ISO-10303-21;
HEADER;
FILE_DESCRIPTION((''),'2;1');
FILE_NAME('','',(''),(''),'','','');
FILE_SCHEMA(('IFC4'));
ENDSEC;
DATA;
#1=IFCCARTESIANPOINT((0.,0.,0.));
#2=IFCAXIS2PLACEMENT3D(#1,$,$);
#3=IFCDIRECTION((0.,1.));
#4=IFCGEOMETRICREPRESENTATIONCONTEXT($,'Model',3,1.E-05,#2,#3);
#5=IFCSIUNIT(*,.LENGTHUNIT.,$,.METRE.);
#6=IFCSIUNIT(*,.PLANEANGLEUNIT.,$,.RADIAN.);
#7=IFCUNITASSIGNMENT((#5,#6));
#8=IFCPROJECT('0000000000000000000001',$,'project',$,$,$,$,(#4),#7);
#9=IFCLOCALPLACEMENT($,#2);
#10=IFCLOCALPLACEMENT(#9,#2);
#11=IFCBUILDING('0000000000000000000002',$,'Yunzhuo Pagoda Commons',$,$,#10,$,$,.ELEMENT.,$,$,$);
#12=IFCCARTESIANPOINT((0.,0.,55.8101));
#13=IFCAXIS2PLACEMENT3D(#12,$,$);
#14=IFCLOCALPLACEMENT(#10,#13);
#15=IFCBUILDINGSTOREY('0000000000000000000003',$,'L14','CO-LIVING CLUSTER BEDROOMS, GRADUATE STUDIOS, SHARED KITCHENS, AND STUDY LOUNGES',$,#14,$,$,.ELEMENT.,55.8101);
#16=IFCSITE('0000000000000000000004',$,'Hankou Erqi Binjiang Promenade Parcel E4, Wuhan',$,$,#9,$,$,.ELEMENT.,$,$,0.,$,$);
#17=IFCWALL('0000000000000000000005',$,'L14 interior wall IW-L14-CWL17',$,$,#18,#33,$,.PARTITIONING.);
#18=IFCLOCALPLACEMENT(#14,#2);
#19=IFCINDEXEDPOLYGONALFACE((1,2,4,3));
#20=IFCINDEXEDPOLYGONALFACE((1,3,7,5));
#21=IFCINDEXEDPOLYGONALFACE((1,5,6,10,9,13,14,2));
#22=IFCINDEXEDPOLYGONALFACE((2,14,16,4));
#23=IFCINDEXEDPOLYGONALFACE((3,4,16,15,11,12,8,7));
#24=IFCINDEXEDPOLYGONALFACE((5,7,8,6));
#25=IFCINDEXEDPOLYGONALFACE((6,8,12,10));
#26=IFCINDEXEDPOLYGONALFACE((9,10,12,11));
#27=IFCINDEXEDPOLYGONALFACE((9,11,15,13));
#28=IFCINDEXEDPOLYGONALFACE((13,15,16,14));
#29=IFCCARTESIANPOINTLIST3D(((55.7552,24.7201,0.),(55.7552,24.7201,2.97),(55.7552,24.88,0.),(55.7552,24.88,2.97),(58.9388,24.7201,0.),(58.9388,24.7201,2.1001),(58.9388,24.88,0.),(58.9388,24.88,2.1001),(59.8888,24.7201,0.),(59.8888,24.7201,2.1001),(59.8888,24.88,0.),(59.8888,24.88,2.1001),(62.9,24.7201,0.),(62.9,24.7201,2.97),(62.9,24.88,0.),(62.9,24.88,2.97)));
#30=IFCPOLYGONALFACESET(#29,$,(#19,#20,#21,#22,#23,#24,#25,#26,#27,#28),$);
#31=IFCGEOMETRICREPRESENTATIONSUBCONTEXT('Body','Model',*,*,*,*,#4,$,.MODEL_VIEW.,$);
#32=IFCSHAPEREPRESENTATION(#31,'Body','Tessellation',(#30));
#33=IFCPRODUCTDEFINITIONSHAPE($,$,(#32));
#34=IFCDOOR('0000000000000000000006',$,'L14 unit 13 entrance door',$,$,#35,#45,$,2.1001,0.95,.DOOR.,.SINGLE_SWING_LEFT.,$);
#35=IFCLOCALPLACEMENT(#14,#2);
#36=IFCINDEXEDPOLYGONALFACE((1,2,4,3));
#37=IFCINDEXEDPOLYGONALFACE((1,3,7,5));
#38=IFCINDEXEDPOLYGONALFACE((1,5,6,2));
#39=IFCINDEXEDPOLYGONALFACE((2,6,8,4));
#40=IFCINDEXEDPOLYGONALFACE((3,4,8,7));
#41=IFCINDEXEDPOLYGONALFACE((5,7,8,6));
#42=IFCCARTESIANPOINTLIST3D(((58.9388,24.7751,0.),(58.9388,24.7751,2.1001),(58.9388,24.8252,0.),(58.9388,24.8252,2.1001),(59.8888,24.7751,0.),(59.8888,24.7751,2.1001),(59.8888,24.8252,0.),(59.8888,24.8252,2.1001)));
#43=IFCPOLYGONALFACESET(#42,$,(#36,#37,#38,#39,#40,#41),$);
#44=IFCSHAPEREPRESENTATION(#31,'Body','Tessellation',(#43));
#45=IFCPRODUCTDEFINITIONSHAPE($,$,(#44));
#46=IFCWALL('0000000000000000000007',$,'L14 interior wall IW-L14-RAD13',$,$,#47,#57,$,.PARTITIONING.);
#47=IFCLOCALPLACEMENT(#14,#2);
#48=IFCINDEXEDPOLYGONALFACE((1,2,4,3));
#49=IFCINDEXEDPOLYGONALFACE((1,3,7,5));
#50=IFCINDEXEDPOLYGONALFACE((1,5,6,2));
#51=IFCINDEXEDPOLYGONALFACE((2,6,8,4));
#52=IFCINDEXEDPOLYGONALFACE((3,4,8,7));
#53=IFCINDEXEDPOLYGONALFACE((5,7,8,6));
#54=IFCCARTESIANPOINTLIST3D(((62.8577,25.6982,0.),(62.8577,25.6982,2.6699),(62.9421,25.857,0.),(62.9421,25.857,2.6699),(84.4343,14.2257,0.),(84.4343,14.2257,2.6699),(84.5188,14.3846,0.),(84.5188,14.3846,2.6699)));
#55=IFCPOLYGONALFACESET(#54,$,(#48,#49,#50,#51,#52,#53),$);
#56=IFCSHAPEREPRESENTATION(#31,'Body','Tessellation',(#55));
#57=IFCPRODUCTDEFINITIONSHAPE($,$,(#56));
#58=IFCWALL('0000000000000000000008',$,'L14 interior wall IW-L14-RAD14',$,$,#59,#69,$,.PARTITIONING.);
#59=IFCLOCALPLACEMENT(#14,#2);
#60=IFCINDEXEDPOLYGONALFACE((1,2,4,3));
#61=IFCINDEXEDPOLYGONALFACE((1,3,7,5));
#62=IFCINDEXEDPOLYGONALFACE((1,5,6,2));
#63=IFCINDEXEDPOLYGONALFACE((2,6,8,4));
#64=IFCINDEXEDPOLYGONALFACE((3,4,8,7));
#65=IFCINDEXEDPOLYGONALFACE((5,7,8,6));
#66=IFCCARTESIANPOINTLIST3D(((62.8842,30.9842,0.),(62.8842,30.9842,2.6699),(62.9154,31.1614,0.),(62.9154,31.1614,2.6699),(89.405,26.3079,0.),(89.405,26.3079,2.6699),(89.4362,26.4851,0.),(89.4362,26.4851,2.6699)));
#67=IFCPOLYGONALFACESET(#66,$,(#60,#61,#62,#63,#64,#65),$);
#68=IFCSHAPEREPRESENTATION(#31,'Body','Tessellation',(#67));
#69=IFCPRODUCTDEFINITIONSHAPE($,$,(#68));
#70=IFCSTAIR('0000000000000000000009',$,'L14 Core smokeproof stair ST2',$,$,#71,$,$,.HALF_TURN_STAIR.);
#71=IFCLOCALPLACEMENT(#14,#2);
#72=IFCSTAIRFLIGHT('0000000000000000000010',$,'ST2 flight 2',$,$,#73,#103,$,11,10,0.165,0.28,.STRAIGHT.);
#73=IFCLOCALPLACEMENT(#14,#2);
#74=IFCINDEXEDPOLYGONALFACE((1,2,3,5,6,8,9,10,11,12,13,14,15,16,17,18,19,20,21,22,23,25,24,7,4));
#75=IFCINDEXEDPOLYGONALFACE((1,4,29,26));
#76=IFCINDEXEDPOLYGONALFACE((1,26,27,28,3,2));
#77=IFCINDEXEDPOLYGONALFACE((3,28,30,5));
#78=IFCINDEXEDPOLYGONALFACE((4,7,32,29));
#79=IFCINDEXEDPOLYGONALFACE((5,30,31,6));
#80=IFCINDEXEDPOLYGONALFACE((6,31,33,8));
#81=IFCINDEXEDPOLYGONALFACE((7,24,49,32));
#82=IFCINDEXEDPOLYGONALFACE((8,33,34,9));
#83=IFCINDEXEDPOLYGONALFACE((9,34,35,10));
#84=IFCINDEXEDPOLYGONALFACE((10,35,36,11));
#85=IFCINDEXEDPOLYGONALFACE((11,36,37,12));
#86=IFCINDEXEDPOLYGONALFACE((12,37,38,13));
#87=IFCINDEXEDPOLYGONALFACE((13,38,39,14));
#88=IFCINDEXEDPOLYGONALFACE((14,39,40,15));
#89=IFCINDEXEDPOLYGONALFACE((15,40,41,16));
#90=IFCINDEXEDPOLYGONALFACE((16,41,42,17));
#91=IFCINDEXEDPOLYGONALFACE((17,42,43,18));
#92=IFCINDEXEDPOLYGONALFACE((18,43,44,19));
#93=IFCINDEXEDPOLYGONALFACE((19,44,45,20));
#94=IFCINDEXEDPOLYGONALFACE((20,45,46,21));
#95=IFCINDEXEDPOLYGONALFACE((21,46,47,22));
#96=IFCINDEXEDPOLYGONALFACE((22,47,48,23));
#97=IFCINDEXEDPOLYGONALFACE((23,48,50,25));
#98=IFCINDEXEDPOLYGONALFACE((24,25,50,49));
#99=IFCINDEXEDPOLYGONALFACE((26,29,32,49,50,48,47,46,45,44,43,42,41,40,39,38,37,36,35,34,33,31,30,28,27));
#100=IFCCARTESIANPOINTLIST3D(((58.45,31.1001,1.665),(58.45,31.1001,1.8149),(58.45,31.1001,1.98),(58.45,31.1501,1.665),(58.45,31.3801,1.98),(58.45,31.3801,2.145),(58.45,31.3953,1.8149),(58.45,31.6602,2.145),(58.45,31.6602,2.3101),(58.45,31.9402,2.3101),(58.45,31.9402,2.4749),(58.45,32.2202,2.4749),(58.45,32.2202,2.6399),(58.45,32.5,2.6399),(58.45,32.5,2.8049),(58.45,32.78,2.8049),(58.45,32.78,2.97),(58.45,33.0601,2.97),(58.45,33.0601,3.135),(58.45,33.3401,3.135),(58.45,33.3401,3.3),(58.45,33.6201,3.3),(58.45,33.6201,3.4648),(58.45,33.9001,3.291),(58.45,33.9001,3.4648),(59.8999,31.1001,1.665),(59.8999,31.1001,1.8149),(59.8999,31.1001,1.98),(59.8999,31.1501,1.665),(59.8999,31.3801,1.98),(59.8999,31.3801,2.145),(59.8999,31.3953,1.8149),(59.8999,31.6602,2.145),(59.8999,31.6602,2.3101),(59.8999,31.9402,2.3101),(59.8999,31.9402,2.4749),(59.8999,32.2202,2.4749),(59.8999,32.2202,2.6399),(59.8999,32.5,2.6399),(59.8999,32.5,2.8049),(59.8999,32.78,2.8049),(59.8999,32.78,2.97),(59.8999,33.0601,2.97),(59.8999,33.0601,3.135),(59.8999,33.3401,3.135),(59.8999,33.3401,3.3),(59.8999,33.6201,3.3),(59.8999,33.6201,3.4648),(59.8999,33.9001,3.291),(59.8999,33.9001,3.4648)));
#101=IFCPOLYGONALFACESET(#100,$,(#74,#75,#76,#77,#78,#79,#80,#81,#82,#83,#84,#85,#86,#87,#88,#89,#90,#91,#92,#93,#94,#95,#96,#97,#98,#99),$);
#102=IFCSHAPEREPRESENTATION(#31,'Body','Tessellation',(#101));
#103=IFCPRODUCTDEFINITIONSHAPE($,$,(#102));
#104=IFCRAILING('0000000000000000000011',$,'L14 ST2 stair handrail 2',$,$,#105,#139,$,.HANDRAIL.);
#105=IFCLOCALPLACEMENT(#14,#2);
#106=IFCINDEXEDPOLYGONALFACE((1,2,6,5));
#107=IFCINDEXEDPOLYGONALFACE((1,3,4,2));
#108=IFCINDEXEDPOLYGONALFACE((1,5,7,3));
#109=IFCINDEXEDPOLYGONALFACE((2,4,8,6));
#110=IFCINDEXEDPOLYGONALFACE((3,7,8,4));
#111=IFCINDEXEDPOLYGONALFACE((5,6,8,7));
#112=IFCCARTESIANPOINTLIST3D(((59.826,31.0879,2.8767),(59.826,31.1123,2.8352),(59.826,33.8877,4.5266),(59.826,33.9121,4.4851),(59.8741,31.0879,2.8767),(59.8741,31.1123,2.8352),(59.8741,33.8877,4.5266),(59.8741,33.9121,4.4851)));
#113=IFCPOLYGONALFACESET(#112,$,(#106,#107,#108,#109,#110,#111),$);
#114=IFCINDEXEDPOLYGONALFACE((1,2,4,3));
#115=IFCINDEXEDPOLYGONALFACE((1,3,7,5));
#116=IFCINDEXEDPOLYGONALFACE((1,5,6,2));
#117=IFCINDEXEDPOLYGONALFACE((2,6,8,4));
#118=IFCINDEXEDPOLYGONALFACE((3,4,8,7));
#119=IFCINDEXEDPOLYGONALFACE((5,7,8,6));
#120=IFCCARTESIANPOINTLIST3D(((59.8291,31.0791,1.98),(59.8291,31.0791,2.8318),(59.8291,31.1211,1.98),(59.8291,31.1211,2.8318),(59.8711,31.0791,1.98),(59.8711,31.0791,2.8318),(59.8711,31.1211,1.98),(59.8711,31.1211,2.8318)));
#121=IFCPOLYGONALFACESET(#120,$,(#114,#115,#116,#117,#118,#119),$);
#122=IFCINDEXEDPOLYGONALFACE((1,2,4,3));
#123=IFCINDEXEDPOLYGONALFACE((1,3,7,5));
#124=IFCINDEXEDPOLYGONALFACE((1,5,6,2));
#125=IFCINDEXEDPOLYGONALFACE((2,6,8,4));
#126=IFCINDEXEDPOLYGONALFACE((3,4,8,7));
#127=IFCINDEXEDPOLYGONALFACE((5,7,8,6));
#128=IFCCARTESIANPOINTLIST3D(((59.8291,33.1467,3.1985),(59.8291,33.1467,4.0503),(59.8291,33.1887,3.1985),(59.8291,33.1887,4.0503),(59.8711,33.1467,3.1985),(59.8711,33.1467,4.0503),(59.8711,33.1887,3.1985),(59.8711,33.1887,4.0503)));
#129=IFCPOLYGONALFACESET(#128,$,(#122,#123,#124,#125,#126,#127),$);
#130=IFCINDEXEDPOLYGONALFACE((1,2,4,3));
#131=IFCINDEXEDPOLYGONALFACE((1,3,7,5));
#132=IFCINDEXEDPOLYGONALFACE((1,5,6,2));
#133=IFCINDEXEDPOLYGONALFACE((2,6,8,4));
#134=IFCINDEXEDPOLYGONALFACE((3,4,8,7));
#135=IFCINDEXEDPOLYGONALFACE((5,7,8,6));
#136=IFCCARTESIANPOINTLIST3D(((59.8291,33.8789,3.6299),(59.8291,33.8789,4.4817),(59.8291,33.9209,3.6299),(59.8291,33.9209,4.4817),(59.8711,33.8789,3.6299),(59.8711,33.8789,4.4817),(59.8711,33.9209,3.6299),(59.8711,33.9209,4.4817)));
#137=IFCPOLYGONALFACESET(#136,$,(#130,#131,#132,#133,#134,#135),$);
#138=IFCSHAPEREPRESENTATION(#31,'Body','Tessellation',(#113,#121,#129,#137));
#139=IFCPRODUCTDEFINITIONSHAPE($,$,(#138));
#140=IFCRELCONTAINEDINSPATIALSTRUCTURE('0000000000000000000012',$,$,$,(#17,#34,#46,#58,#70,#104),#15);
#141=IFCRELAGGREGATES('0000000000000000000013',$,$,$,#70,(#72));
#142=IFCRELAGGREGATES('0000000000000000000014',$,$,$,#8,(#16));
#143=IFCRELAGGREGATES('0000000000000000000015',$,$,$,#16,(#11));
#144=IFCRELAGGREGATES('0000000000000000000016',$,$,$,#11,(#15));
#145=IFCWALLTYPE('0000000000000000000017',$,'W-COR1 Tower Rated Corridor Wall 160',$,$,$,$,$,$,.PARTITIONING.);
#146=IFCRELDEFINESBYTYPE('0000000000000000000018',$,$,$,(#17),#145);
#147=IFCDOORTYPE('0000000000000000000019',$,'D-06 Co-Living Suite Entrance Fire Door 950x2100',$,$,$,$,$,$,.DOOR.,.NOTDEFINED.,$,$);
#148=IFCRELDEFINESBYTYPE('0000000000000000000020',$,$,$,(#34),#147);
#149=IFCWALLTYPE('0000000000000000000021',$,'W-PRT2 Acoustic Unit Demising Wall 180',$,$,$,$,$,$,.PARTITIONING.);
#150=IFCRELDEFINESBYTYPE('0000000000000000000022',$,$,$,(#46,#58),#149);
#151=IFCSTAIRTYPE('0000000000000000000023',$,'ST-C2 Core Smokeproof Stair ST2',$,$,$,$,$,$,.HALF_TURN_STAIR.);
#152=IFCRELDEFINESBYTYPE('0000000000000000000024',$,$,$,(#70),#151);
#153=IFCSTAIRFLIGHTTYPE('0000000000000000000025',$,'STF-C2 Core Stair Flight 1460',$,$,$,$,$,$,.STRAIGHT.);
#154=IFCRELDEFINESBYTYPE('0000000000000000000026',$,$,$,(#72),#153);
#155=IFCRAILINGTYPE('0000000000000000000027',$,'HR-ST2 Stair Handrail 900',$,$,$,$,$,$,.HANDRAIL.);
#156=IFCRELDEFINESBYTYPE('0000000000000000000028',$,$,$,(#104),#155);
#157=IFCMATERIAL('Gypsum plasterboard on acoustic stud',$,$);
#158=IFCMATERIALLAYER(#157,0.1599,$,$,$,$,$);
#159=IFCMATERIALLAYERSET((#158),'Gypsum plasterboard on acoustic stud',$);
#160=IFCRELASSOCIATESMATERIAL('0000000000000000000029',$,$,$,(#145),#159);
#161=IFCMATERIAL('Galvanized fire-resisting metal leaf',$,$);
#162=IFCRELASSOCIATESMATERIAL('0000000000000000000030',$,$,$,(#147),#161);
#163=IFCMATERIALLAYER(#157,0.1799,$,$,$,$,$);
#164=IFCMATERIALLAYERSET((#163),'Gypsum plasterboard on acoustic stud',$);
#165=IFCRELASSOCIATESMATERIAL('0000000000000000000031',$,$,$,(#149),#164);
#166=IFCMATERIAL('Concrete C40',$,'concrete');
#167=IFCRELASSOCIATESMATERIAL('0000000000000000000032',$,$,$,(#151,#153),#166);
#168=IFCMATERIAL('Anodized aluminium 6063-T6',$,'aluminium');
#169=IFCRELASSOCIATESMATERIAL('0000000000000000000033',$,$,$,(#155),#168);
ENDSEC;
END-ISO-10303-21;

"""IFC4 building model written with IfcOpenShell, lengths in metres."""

from ifc_helpers import new_model, si_unit, direction, frame, frame_2d, origin, origin_with_axes, origin_2d, place, context, subcontext, project, spatial, polyline, rectangle, outline, extrude, source, transform, mapped, material, layer, layer_set, type_object, element, fill, aggregate, save


model = new_model("IFC4")

# Units and contexts
model_context = context("Model", 3, precision=1e-05, world=origin(), true_north=direction((0.0, 1.0)))
body_context = subcontext(model_context, "Body", "Model", "MODEL_VIEW")
ifc_project = project(units=[si_unit("LENGTHUNIT", "METRE"), si_unit("PLANEANGLEUNIT", "RADIAN")], contexts=[model_context])

# Site, building, storey
site_placement = place(None, origin())
site = spatial("IfcSite", under=ifc_project, at=site_placement, Name="Hankou Erqi Binjiang Promenade Parcel E4, Wuhan", CompositionType="ELEMENT", RefElevation=0.0)
building_placement = place(site_placement, origin())
building = spatial("IfcBuilding", under=site, at=building_placement, Name="Yunzhuo Pagoda Commons", CompositionType="ELEMENT")
storey_placement = place(building_placement, frame((0.0, 0.0, 55.8101)))
storey = spatial("IfcBuildingStorey", under=building, at=storey_placement, Name="L14", Description="CO-LIVING CLUSTER BEDROOMS, GRADUATE STUDIOS, SHARED KITCHENS, AND STUDY LOUNGES", CompositionType="ELEMENT", Elevation=55.8101)

# Shared definitions
ifc_material_1 = material(Name="Anodized aluminium 6063-T6", Category="aluminium")

# Shared definitions
ifc_material_2 = material(Name="Gypsum plasterboard on acoustic stud")
ifc_layer_1 = layer(ifc_material_2, 0.1599)
ifc_layer_set_1 = layer_set([ifc_layer_1], Name="Gypsum plasterboard on acoustic stud")
wall_type_1 = type_object("IfcWallType", Name="W-COR1 Tower Rated Corridor Wall 160", PredefinedType="PARTITIONING", material=ifc_layer_set_1)
ifc_material_3 = material(Name="Galvanized fire-resisting metal leaf")
door_type = type_object("IfcDoorType", Name="D-06 Co-Living Suite Entrance Fire Door 950x2100", OperationType="NOTDEFINED", PredefinedType="DOOR", material=ifc_material_3)
shared_shape_1 = source(origin(), body_context, "Body", "SweptSolid", [
    extrude(rectangle(XDim=0.95, YDim=2.1001, at=frame_2d((0.4751, 1.05))), frame((0.0, 0.0249, 0.0), z_axis=(0.0, -1.0, 0.0), x_axis=(1.0, 0.0, 0.0)), (0.0, 0.0, 1.0), 0.05),
])

# Wall, opening, door
wall_1_placement = place(storey_placement, frame((62.8999, 24.8, 0.0), z_axis=(0.0, 0.0, 1.0), x_axis=(-1.0, 0.0, 0.0)))
wall_1 = element("IfcWall", 1, at=wall_1_placement, inside=storey, type_object=wall_type_1, Name="L14 interior wall IW-L14-CWL17", PredefinedType="PARTITIONING", context=body_context, shape_type="SweptSolid", body=[
    extrude(rectangle(XDim=7.1448, YDim=0.1599, at=frame_2d((3.5723, 0.0))), origin(), (0.0, 0.0, 1.0), 2.97),
])
opening_1_placement = place(wall_1_placement, frame((3.011, 0.0, 0.0)))
opening_1 = element("IfcOpeningElement", 2, at=opening_1_placement, cuts=wall_1, PredefinedType="OPENING", context=body_context, shape_type="SweptSolid", body=[
    extrude(rectangle(XDim=0.95, YDim=2.1001, at=frame_2d((0.4751, 1.05))), frame((0.0, 0.0898, 0.0), z_axis=(0.0, -1.0, 0.0), x_axis=(1.0, 0.0, 0.0)), (0.0, 0.0, 1.0), 0.1799),
])
door_1_placement = place(opening_1_placement, origin_with_axes())
door_1 = element("IfcDoor", 3, at=door_1_placement, inside=storey, type_object=door_type, Name="L14 unit 13 entrance door", OperationType="SINGLE_SWING_LEFT", OverallHeight=2.1001, OverallWidth=0.95, PredefinedType="DOOR", context=body_context, shape_type="MappedRepresentation", body=[
    mapped(shared_shape_1, transform((0.0, 0.0, 0.0), scale=1.0)),
])
fill(opening_1, door_1)

# Walls
ifc_layer_2 = layer(ifc_material_2, 0.1799)
ifc_layer_set_2 = layer_set([ifc_layer_2], Name="Gypsum plasterboard on acoustic stud")
wall_type_2 = type_object("IfcWallType", Name="W-PRT2 Acoustic Unit Demising Wall 180", PredefinedType="PARTITIONING", material=ifc_layer_set_2)
wall_2_placement = place(storey_placement, frame((62.8999, 25.7776, 0.0), z_axis=(0.0, 0.0, 1.0), x_axis=(0.882949, -0.469468, 0.0)))
element("IfcWall", 4, at=wall_2_placement, inside=storey, type_object=wall_type_2, Name="L14 interior wall IW-L14-RAD13", PredefinedType="PARTITIONING", context=body_context, shape_type="SweptSolid", body=[
    extrude(rectangle(XDim=24.437, YDim=0.1799, at=frame_2d((12.2185, 0.0))), origin(), (0.0, 0.0, 1.0), 2.6699),
])
wall_3_placement = place(storey_placement, frame((62.8999, 31.0728, 0.0), z_axis=(0.0, 0.0, 1.0), x_axis=(0.984808, -0.173646, 0.0)))
element("IfcWall", 5, at=wall_3_placement, inside=storey, type_object=wall_type_2, Name="L14 interior wall IW-L14-RAD14", PredefinedType="PARTITIONING", context=body_context, shape_type="SweptSolid", body=[
    extrude(rectangle(XDim=26.9299, YDim=0.1799, at=frame_2d((13.4648, 0.0))), origin(), (0.0, 0.0, 1.0), 2.6699),
])

# Stair, stair flight
ifc_material_4 = material(Name="Concrete C40", Category="concrete")
stair_type = type_object("IfcStairType", Name="ST-C2 Core Smokeproof Stair ST2", PredefinedType="HALF_TURN_STAIR", material=ifc_material_4)
stair_placement = place(storey_placement, origin())
stair = element("IfcStair", 6, at=stair_placement, inside=storey, type_object=stair_type, Name="L14 Core smokeproof stair ST2", PredefinedType="HALF_TURN_STAIR")
stair_flight_type = type_object("IfcStairFlightType", Name="STF-C2 Core Stair Flight 1460", PredefinedType="STRAIGHT", material=ifc_material_4)
shared_shape_2 = source(origin(), body_context, "Body", "SweptSolid", [
    extrude(outline(polyline([(0.0, -0.1499), (0.0, 0.0), (0.0, 0.165), (0.28, 0.165), (0.28, 0.3301), (0.5601, 0.3301), (0.5601, 0.4951), (0.8401, 0.4951), (0.8401, 0.6599), (1.1201, 0.6599), (1.1201, 0.825), (1.3999, 0.825), (1.3999, 0.99), (1.6799, 0.99), (1.6799, 1.155), (1.96, 1.155), (1.96, 1.3201), (2.24, 1.3201), (2.24, 1.4851), (2.52, 1.4851), (2.52, 1.6499), (2.8, 1.6499), (2.8, 1.8149), (2.8, 1.4761), (0.2952, 0.0), (0.05, -0.1499), (0.0, -0.1499)])), frame((0.0, 0.7251, 0.0), z_axis=(0.0, -1.0, 0.0), x_axis=(1.0, 0.0, 0.0)), (0.0, 0.0, 1.0), 1.45),
])
stair_flight_placement = place(storey_placement, frame((59.175, 31.1001, 1.8149), z_axis=(0.0, 0.0, 1.0), x_axis=(0.0, 1.0, 0.0)))
stair_flight = element("IfcStairFlight", 7, at=stair_flight_placement, type_object=stair_flight_type, Name="ST2 flight 2", NumberOfRisers=11, NumberOfTreads=10, PredefinedType="STRAIGHT", RiserHeight=0.165, TreadLength=0.28, context=body_context, shape_type="MappedRepresentation", body=[
    mapped(shared_shape_2, transform((0.0, 0.0, 0.0), scale=1.0)),
])
aggregate(stair, [stair_flight])

# Railing
railing_type = type_object("IfcRailingType", Name="HR-ST2 Stair Handrail 900", PredefinedType="HANDRAIL", material=ifc_material_1)
railing_placement = place(storey_placement, frame((59.8501, 31.1001, 1.98)))
element("IfcRailing", 8, at=railing_placement, inside=storey, type_object=railing_type, Name="L14 ST2 stair handrail 2", PredefinedType="HANDRAIL", context=body_context, shape_type="SweptSolid", body=[
    extrude(rectangle(XDim=0.0481, YDim=0.0481, at=origin_2d()), frame((0.0, 0.0, 0.876), z_axis=(0.0, 0.861536, 0.507696), x_axis=(-1.0, 0.0, 0.0)), (0.0, 0.0, 1.0), 3.2498),
    extrude(rectangle(XDim=0.042, YDim=0.042, at=origin_2d()), origin(), (0.0, 0.0, 1.0), 0.8518),
    extrude(rectangle(XDim=0.042, YDim=0.042, at=origin_2d()), frame((0.0, 2.0676, 1.2185)), (0.0, 0.0, 1.0), 0.8518),
    extrude(rectangle(XDim=0.042, YDim=0.042, at=origin_2d()), frame((0.0, 2.7998, 1.6499)), (0.0, 0.0, 1.0), 0.8518),
])

save(model, "model.ifc")
